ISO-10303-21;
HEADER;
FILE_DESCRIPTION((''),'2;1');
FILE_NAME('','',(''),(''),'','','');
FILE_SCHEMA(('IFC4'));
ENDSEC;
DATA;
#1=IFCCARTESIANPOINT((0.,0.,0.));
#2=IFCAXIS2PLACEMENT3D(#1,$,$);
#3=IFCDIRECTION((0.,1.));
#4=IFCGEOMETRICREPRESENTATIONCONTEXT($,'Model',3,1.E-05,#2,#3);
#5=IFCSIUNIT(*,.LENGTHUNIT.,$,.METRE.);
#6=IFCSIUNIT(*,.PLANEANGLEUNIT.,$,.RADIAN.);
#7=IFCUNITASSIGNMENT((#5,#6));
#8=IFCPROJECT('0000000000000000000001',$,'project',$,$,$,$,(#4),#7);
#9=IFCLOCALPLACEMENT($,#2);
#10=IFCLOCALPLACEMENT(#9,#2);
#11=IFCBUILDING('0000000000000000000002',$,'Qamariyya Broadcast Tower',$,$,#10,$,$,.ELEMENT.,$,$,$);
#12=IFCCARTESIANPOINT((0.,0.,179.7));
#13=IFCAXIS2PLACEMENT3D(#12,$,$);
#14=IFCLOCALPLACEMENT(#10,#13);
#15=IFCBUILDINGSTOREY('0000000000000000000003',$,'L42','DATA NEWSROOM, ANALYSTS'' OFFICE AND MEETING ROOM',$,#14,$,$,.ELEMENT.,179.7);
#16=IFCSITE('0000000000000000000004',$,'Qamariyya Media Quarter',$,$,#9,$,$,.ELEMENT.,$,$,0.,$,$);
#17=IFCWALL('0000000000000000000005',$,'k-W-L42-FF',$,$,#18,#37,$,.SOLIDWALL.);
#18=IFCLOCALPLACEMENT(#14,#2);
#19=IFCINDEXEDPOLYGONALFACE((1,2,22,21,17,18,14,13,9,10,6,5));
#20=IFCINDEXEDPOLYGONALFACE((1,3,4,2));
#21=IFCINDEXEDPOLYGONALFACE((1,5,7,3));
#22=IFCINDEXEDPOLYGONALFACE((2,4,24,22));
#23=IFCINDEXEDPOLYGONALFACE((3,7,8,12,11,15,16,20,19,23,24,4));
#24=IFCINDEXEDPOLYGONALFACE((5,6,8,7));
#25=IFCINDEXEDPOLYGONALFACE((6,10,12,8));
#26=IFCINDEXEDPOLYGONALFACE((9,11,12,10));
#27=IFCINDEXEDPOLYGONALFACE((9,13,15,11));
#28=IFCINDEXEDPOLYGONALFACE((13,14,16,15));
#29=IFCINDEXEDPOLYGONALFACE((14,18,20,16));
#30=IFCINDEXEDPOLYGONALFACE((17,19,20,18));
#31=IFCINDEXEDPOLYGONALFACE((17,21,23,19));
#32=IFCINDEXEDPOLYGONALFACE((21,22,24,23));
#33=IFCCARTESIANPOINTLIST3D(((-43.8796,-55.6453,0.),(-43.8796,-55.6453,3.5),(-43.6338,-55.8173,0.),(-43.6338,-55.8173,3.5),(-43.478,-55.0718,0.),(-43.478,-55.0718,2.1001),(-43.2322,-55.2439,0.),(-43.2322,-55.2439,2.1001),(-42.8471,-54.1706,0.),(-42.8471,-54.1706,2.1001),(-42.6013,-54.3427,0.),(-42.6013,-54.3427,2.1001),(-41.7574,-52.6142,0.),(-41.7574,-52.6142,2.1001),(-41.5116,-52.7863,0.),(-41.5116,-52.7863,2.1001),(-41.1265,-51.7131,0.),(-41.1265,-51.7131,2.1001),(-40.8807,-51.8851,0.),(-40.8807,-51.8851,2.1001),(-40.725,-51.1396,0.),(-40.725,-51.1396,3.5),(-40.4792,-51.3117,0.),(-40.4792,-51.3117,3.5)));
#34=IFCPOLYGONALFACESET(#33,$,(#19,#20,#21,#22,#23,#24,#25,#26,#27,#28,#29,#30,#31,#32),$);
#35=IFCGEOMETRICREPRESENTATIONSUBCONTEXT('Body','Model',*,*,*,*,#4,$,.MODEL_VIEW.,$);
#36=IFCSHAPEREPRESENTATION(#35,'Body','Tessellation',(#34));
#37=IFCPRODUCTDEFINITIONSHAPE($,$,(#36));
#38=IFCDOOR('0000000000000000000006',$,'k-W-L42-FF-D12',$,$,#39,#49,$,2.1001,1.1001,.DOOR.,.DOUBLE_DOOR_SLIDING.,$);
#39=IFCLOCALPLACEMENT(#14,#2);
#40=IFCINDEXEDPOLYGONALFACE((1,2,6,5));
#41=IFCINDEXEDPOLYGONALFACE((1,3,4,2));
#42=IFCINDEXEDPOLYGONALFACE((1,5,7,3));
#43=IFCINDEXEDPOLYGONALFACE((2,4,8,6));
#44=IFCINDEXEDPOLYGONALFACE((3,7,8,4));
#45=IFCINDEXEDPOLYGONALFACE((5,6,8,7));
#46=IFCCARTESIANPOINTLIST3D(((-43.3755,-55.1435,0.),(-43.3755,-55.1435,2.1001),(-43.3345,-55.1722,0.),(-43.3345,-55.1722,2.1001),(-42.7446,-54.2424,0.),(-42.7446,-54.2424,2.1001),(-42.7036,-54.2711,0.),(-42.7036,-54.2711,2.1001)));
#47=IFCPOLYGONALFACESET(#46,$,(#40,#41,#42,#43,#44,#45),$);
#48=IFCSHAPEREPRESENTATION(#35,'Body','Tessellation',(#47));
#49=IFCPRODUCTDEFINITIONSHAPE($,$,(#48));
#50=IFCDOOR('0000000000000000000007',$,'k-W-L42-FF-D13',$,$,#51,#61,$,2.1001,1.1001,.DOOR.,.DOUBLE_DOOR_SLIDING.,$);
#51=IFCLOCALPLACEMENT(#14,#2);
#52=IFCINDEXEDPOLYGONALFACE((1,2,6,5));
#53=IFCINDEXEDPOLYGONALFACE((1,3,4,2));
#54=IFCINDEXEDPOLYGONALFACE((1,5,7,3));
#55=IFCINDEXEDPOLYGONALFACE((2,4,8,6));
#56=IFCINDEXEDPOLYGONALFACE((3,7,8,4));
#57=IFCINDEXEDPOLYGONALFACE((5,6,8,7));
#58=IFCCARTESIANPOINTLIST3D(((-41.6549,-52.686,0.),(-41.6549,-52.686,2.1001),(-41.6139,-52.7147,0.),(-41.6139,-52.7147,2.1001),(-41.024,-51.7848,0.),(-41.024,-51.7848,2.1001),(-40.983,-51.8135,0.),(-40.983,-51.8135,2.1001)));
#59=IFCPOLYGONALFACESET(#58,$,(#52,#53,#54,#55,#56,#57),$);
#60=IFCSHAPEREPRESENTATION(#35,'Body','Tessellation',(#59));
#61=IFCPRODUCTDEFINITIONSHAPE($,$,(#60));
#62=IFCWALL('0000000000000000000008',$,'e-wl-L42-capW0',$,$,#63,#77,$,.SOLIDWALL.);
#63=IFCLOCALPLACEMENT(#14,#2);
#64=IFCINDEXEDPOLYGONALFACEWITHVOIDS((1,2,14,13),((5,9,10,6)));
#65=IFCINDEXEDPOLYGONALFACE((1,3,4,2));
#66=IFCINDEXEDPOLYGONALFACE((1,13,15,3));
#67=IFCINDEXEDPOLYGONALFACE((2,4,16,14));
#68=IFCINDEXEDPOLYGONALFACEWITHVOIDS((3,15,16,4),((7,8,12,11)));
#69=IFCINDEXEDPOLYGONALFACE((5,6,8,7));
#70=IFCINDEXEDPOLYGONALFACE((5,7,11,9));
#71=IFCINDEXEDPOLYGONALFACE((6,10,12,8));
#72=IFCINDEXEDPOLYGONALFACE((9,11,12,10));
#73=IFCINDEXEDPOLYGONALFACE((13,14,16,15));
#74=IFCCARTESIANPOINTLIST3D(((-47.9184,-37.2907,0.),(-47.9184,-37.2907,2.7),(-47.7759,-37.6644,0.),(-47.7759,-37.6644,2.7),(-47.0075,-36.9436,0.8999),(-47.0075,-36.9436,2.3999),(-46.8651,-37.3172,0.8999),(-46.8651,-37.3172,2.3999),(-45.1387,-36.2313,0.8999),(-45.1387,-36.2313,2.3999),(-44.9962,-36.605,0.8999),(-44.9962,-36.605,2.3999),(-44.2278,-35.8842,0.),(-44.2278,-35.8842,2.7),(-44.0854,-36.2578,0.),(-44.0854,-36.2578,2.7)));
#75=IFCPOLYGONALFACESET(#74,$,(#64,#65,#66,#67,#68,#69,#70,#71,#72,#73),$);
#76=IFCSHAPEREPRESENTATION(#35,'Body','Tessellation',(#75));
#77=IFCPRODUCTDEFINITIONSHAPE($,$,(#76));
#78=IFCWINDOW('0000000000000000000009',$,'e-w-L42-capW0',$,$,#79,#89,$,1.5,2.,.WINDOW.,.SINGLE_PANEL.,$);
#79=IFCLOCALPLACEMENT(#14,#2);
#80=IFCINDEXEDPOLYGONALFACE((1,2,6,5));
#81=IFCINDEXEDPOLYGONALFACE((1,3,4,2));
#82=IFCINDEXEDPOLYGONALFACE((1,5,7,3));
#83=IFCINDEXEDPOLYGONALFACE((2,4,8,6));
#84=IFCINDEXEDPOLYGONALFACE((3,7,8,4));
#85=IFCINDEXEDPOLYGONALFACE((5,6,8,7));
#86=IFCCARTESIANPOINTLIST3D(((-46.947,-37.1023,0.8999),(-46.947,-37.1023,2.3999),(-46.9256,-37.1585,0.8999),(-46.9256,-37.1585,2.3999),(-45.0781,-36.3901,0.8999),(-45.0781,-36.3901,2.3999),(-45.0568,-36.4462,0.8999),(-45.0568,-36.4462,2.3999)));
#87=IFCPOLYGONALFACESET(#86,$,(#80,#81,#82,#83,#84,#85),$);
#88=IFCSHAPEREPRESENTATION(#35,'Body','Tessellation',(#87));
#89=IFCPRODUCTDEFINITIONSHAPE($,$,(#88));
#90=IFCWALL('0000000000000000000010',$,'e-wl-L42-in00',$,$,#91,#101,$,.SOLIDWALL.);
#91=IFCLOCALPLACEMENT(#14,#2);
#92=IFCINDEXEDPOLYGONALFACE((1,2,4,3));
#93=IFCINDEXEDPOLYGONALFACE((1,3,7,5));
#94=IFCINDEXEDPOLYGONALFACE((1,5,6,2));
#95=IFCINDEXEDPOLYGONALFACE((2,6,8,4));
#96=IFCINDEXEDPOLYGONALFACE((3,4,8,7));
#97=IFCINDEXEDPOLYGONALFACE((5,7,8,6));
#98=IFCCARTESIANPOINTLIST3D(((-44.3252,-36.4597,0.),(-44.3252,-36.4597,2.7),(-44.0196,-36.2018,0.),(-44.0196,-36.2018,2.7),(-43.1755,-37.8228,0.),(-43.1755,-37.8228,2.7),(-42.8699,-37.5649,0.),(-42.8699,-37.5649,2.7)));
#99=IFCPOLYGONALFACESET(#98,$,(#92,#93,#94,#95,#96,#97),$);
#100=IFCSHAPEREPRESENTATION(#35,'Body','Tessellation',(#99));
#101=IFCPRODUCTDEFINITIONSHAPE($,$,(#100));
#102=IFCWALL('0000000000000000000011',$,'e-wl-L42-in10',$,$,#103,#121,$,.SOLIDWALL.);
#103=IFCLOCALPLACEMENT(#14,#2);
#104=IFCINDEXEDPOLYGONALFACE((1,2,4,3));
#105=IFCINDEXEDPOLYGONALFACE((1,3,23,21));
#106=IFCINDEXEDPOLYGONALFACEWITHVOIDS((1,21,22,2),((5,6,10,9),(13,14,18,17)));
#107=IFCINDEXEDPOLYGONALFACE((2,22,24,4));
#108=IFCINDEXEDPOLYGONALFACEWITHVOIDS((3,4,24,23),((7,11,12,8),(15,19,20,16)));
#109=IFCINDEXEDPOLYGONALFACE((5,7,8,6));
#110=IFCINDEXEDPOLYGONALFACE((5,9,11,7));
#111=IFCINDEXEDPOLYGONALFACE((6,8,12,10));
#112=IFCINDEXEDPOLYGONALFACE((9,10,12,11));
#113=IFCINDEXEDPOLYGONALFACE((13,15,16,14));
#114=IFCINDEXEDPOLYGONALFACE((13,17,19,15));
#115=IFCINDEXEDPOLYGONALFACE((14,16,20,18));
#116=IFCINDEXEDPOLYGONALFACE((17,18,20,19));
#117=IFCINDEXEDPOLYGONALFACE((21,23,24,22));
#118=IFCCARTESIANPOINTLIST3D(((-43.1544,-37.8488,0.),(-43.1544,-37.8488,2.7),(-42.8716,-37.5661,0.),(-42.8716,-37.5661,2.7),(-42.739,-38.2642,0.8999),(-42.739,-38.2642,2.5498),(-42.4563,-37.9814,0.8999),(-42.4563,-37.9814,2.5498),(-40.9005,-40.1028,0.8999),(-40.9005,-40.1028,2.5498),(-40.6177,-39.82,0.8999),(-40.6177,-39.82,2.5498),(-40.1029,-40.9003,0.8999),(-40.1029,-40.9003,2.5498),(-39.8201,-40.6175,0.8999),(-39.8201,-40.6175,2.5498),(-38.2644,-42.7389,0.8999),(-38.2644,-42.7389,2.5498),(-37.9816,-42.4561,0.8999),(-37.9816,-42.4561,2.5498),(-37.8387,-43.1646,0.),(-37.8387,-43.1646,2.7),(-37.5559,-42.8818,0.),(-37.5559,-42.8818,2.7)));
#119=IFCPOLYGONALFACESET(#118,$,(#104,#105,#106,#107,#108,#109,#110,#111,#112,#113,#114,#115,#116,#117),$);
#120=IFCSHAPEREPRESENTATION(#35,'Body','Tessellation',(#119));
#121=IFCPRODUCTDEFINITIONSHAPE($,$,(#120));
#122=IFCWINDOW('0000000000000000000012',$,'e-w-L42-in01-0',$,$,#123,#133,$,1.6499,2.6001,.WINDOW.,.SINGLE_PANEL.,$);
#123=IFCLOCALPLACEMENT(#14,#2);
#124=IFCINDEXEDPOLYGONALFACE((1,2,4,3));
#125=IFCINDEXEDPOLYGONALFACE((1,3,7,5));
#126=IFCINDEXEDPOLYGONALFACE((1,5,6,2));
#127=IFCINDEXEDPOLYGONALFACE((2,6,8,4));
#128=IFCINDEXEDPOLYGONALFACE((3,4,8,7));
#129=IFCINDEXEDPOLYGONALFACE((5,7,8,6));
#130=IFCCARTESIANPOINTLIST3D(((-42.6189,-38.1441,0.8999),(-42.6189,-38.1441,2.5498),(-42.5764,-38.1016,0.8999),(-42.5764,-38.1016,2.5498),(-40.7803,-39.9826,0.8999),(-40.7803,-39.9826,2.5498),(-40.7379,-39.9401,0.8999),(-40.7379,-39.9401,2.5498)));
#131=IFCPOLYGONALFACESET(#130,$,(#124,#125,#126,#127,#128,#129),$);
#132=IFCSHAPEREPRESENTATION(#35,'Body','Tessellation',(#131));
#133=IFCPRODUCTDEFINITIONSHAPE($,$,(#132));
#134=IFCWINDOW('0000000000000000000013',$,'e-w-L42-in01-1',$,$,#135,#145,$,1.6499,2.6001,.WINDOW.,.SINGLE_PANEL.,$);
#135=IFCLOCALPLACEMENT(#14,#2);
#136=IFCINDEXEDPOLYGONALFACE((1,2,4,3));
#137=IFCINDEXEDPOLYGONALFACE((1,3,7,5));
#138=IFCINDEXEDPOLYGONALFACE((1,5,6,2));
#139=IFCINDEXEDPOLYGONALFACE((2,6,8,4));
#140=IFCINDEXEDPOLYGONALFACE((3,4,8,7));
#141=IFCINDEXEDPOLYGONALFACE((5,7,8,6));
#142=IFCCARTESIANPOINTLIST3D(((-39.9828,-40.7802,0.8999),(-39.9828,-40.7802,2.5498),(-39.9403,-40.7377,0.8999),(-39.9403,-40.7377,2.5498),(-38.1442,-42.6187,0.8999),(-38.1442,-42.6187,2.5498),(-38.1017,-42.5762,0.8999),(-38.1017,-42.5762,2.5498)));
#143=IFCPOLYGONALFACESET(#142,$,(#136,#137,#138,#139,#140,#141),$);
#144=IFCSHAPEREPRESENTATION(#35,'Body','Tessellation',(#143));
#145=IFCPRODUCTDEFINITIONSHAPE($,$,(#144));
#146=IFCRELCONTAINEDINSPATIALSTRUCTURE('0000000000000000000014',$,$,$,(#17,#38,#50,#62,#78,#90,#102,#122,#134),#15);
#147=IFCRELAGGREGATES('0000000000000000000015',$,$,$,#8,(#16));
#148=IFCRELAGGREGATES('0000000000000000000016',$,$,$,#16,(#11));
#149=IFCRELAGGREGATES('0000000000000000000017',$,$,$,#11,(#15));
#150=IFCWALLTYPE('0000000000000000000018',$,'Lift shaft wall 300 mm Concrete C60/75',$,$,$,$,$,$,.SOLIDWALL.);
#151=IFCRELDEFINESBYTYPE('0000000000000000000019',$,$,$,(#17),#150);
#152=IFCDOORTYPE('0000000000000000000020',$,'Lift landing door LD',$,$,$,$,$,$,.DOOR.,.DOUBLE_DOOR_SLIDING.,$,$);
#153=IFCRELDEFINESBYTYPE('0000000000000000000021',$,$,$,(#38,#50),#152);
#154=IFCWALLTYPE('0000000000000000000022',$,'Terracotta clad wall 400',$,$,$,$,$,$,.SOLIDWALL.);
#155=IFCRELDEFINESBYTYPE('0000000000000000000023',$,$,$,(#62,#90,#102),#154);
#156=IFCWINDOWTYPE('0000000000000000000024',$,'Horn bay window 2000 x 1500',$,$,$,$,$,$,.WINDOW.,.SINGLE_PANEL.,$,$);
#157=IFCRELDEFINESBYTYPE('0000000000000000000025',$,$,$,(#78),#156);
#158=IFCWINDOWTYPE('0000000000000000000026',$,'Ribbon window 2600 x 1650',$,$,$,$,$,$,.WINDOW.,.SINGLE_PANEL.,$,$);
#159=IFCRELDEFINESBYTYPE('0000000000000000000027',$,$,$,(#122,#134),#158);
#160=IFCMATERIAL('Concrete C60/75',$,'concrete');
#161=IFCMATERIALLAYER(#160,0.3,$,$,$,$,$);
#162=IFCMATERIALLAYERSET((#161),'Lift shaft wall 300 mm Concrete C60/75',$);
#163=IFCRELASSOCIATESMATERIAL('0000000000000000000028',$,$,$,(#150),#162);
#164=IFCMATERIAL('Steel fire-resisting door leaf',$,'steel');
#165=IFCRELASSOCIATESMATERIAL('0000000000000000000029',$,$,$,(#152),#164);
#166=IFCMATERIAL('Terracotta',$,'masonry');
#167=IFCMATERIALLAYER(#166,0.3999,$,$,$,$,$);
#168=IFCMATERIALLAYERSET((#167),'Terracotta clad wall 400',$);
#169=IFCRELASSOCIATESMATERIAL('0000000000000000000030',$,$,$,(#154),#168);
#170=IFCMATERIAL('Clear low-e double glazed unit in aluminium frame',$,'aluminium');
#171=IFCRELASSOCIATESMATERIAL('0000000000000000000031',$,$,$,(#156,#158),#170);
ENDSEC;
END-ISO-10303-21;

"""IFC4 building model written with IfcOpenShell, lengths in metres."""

from ifc_helpers import new_model, si_unit, direction, frame, frame_2d, origin, place, context, subcontext, project, spatial, rectangle, extrude, material, layer, layer_set, type_object, element, fill, save


model = new_model("IFC4")

# Units and contexts
model_context = context("Model", 3, precision=1e-05, world=origin(), true_north=direction((0.0, 1.0)))
body_context = subcontext(model_context, "Body", "Model", "MODEL_VIEW")
ifc_project = project(units=[si_unit("LENGTHUNIT", "METRE"), si_unit("PLANEANGLEUNIT", "RADIAN")], contexts=[model_context])

# Site, building, storey
site_placement = place(None, origin())
site = spatial("IfcSite", under=ifc_project, at=site_placement, Name="Qamariyya Media Quarter", CompositionType="ELEMENT", RefElevation=0.0)
building_placement = place(site_placement, origin())
building = spatial("IfcBuilding", under=site, at=building_placement, Name="Qamariyya Broadcast Tower", CompositionType="ELEMENT")
storey_placement = place(building_placement, frame((0.0, 0.0, 179.7)))
storey = spatial("IfcBuildingStorey", under=building, at=storey_placement, Name="L42", Description="DATA NEWSROOM, ANALYSTS' OFFICE AND MEETING ROOM", CompositionType="ELEMENT", Elevation=179.7)

# Shared definitions
ifc_material_1 = material(Name="Concrete C60/75", Category="concrete")

# Shared definitions
ifc_layer_1 = layer(ifc_material_1, 0.3)
ifc_layer_set_1 = layer_set([ifc_layer_1], Name="Lift shaft wall 300 mm Concrete C60/75")
wall_type_1 = type_object("IfcWallType", Name="Lift shaft wall 300 mm Concrete C60/75", PredefinedType="SOLIDWALL", material=ifc_layer_set_1)
ifc_material_2 = material(Name="Steel fire-resisting door leaf", Category="steel")

# Wall, openings, doors
wall_1_placement = place(storey_placement, frame((-43.7566, -55.7312, 0.0), z_axis=(0.0, 0.0, 1.0), x_axis=(0.573537, 0.81918, 0.0)))
wall_1 = element("IfcWall", 1, at=wall_1_placement, inside=storey, type_object=wall_type_1, Name="k-W-L42-FF", PredefinedType="SOLIDWALL", context=body_context, shape_type="SweptSolid", body=[
    extrude(rectangle(XDim=5.5002, YDim=0.3, at=frame_2d((2.75, 0.0))), origin(), (0.0, 0.0, 1.0), 3.5),
])
opening_1_placement = place(wall_1_placement, frame((0.7, 0.0, 0.0)))
opening_1 = element("IfcOpeningElement", 2, at=opening_1_placement, cuts=wall_1, PredefinedType="OPENING", context=body_context, shape_type="SweptSolid", body=[
    extrude(rectangle(XDim=1.1001, YDim=2.1001, at=frame_2d((0.55, 1.05))), frame((0.0, 0.1599, 0.0), z_axis=(0.0, -1.0, 0.0), x_axis=(1.0, 0.0, 0.0)), (0.0, 0.0, 1.0), 0.3201),
])
opening_2_placement = place(wall_1_placement, frame((3.7, 0.0, 0.0)))
opening_2 = element("IfcOpeningElement", 3, at=opening_2_placement, cuts=wall_1, PredefinedType="OPENING", context=body_context, shape_type="SweptSolid", body=[
    extrude(rectangle(XDim=1.1001, YDim=2.1001, at=frame_2d((0.55, 1.05))), frame((0.0, 0.1599, 0.0), z_axis=(0.0, -1.0, 0.0), x_axis=(1.0, 0.0, 0.0)), (0.0, 0.0, 1.0), 0.3201),
])
door_type_1 = type_object("IfcDoorType", Name="Lift landing door LD", OperationType="DOUBLE_DOOR_SLIDING", PredefinedType="DOOR", material=ifc_material_2)
door_1_placement = place(opening_1_placement, origin())
door_1 = element("IfcDoor", 4, at=door_1_placement, inside=storey, type_object=door_type_1, Name="k-W-L42-FF-D12", OperationType="DOUBLE_DOOR_SLIDING", OverallHeight=2.1001, OverallWidth=1.1001, PredefinedType="DOOR", context=body_context, shape_type="SweptSolid", body=[
    extrude(rectangle(XDim=1.1001, YDim=2.1001, at=frame_2d((0.55, 1.05))), frame((0.0, 0.0249, 0.0), z_axis=(0.0, -1.0, 0.0), x_axis=(1.0, 0.0, 0.0)), (0.0, 0.0, 1.0), 0.05),
])
fill(opening_1, door_1)
door_2_placement = place(opening_2_placement, origin())
door_2 = element("IfcDoor", 5, at=door_2_placement, inside=storey, type_object=door_type_1, Name="k-W-L42-FF-D13", OperationType="DOUBLE_DOOR_SLIDING", OverallHeight=2.1001, OverallWidth=1.1001, PredefinedType="DOOR", context=body_context, shape_type="SweptSolid", body=[
    extrude(rectangle(XDim=1.1001, YDim=2.1001, at=frame_2d((0.55, 1.05))), frame((0.0, 0.0249, 0.0), z_axis=(0.0, -1.0, 0.0), x_axis=(1.0, 0.0, 0.0)), (0.0, 0.0, 1.0), 0.05),
])
fill(opening_2, door_2)

# Wall, opening, window
ifc_material_3 = material(Name="Terracotta", Category="masonry")
ifc_layer_2 = layer(ifc_material_3, 0.3999)
ifc_layer_set_2 = layer_set([ifc_layer_2], Name="Terracotta clad wall 400")
wall_type_2 = type_object("IfcWallType", Name="Terracotta clad wall 400", PredefinedType="SOLIDWALL", material=ifc_layer_set_2)
wall_2_placement = place(storey_placement, frame((-44.1567, -36.071, 0.0), z_axis=(0.0, 0.0, 1.0), x_axis=(-0.934436, -0.356132, 0.0)))
wall_2 = element("IfcWall", 6, at=wall_2_placement, inside=storey, type_object=wall_type_2, Name="e-wl-L42-capW0", PredefinedType="SOLIDWALL", context=body_context, shape_type="SweptSolid", body=[
    extrude(rectangle(XDim=3.9495, YDim=0.3999, at=frame_2d((1.9746, 0.0))), origin(), (0.0, 0.0, 1.0), 2.7),
])
opening_3_placement = place(wall_2_placement, frame((0.9746, 0.0, 0.8999)))
opening_3 = element("IfcOpeningElement", 7, at=opening_3_placement, cuts=wall_2, PredefinedType="OPENING", context=body_context, shape_type="SweptSolid", body=[
    extrude(rectangle(XDim=2.0, YDim=1.5, at=frame_2d((1.0, 0.75))), frame((0.0, 0.21, 0.0), z_axis=(0.0, -1.0, 0.0), x_axis=(1.0, 0.0, 0.0)), (0.0, 0.0, 1.0), 0.4199),
])
ifc_material_4 = material(Name="Clear low-e double glazed unit in aluminium frame", Category="aluminium")
window_type_1 = type_object("IfcWindowType", Name="Horn bay window 2000 x 1500", PartitioningType="SINGLE_PANEL", PredefinedType="WINDOW", material=ifc_material_4)
window_1_placement = place(opening_3_placement, origin())
window_1 = element("IfcWindow", 8, at=window_1_placement, inside=storey, type_object=window_type_1, Name="e-w-L42-capW0", OverallHeight=1.5, OverallWidth=2.0, PartitioningType="SINGLE_PANEL", PredefinedType="WINDOW", context=body_context, shape_type="SweptSolid", body=[
    extrude(rectangle(XDim=2.0, YDim=1.5, at=frame_2d((1.0, 0.75))), frame((0.0, 0.03, 0.0), z_axis=(0.0, -1.0, 0.0), x_axis=(1.0, 0.0, 0.0)), (0.0, 0.0, 1.0), 0.0601),
])
fill(opening_3, window_1)

# Wall
wall_3_placement = place(storey_placement, frame((-43.0227, -37.6938, 0.0), z_axis=(0.0, 0.0, 1.0), x_axis=(-0.644738, 0.764403, 0.0)))
element("IfcWall", 9, at=wall_3_placement, inside=storey, type_object=wall_type_2, Name="e-wl-L42-in00", PredefinedType="SOLIDWALL", context=body_context, shape_type="SweptSolid", body=[
    extrude(rectangle(XDim=1.7832, YDim=0.3999, at=frame_2d((0.8916, 0.0))), origin(), (0.0, 0.0, 1.0), 2.7),
])

# Wall, openings, windows
wall_4_placement = place(storey_placement, frame((-37.6973, -43.0232, 0.0), z_axis=(0.0, 0.0, 1.0), x_axis=(-0.707107, 0.707107, 0.0)))
wall_4 = element("IfcWall", 10, at=wall_4_placement, inside=storey, type_object=wall_type_2, Name="e-wl-L42-in10", PredefinedType="SOLIDWALL", context=body_context, shape_type="SweptSolid", body=[
    extrude(rectangle(XDim=7.5176, YDim=0.3999, at=frame_2d((3.7588, 0.0))), origin(), (0.0, 0.0, 1.0), 2.7),
])
opening_4_placement = place(wall_4_placement, frame((4.3301, 0.0, 0.8999)))
opening_4 = element("IfcOpeningElement", 11, at=opening_4_placement, cuts=wall_4, PredefinedType="OPENING", context=body_context, shape_type="SweptSolid", body=[
    extrude(rectangle(XDim=2.6001, YDim=1.6499, at=frame_2d((1.3, 0.825))), frame((0.0, 0.21, 0.0), z_axis=(0.0, -1.0, 0.0), x_axis=(1.0, 0.0, 0.0)), (0.0, 0.0, 1.0), 0.4199),
])
opening_5_placement = place(wall_4_placement, frame((0.6021, 0.0, 0.8999)))
opening_5 = element("IfcOpeningElement", 12, at=opening_5_placement, cuts=wall_4, PredefinedType="OPENING", context=body_context, shape_type="SweptSolid", body=[
    extrude(rectangle(XDim=2.6001, YDim=1.6499, at=frame_2d((1.3, 0.825))), frame((0.0, 0.21, 0.0), z_axis=(0.0, -1.0, 0.0), x_axis=(1.0, 0.0, 0.0)), (0.0, 0.0, 1.0), 0.4199),
])
window_type_2 = type_object("IfcWindowType", Name="Ribbon window 2600 x 1650", PartitioningType="SINGLE_PANEL", PredefinedType="WINDOW", material=ifc_material_4)
window_2_placement = place(opening_4_placement, origin())
window_2 = element("IfcWindow", 13, at=window_2_placement, inside=storey, type_object=window_type_2, Name="e-w-L42-in01-0", OverallHeight=1.6499, OverallWidth=2.6001, PartitioningType="SINGLE_PANEL", PredefinedType="WINDOW", context=body_context, shape_type="SweptSolid", body=[
    extrude(rectangle(XDim=2.6001, YDim=1.6499, at=frame_2d((1.3, 0.825))), frame((0.0, 0.03, 0.0), z_axis=(0.0, -1.0, 0.0), x_axis=(1.0, 0.0, 0.0)), (0.0, 0.0, 1.0), 0.0601),
])
fill(opening_4, window_2)
window_3_placement = place(opening_5_placement, origin())
window_3 = element("IfcWindow", 14, at=window_3_placement, inside=storey, type_object=window_type_2, Name="e-w-L42-in01-1", OverallHeight=1.6499, OverallWidth=2.6001, PartitioningType="SINGLE_PANEL", PredefinedType="WINDOW", context=body_context, shape_type="SweptSolid", body=[
    extrude(rectangle(XDim=2.6001, YDim=1.6499, at=frame_2d((1.3, 0.825))), frame((0.0, 0.03, 0.0), z_axis=(0.0, -1.0, 0.0), x_axis=(1.0, 0.0, 0.0)), (0.0, 0.0, 1.0), 0.0601),
])
fill(opening_5, window_3)

save(model, "model.ifc")
